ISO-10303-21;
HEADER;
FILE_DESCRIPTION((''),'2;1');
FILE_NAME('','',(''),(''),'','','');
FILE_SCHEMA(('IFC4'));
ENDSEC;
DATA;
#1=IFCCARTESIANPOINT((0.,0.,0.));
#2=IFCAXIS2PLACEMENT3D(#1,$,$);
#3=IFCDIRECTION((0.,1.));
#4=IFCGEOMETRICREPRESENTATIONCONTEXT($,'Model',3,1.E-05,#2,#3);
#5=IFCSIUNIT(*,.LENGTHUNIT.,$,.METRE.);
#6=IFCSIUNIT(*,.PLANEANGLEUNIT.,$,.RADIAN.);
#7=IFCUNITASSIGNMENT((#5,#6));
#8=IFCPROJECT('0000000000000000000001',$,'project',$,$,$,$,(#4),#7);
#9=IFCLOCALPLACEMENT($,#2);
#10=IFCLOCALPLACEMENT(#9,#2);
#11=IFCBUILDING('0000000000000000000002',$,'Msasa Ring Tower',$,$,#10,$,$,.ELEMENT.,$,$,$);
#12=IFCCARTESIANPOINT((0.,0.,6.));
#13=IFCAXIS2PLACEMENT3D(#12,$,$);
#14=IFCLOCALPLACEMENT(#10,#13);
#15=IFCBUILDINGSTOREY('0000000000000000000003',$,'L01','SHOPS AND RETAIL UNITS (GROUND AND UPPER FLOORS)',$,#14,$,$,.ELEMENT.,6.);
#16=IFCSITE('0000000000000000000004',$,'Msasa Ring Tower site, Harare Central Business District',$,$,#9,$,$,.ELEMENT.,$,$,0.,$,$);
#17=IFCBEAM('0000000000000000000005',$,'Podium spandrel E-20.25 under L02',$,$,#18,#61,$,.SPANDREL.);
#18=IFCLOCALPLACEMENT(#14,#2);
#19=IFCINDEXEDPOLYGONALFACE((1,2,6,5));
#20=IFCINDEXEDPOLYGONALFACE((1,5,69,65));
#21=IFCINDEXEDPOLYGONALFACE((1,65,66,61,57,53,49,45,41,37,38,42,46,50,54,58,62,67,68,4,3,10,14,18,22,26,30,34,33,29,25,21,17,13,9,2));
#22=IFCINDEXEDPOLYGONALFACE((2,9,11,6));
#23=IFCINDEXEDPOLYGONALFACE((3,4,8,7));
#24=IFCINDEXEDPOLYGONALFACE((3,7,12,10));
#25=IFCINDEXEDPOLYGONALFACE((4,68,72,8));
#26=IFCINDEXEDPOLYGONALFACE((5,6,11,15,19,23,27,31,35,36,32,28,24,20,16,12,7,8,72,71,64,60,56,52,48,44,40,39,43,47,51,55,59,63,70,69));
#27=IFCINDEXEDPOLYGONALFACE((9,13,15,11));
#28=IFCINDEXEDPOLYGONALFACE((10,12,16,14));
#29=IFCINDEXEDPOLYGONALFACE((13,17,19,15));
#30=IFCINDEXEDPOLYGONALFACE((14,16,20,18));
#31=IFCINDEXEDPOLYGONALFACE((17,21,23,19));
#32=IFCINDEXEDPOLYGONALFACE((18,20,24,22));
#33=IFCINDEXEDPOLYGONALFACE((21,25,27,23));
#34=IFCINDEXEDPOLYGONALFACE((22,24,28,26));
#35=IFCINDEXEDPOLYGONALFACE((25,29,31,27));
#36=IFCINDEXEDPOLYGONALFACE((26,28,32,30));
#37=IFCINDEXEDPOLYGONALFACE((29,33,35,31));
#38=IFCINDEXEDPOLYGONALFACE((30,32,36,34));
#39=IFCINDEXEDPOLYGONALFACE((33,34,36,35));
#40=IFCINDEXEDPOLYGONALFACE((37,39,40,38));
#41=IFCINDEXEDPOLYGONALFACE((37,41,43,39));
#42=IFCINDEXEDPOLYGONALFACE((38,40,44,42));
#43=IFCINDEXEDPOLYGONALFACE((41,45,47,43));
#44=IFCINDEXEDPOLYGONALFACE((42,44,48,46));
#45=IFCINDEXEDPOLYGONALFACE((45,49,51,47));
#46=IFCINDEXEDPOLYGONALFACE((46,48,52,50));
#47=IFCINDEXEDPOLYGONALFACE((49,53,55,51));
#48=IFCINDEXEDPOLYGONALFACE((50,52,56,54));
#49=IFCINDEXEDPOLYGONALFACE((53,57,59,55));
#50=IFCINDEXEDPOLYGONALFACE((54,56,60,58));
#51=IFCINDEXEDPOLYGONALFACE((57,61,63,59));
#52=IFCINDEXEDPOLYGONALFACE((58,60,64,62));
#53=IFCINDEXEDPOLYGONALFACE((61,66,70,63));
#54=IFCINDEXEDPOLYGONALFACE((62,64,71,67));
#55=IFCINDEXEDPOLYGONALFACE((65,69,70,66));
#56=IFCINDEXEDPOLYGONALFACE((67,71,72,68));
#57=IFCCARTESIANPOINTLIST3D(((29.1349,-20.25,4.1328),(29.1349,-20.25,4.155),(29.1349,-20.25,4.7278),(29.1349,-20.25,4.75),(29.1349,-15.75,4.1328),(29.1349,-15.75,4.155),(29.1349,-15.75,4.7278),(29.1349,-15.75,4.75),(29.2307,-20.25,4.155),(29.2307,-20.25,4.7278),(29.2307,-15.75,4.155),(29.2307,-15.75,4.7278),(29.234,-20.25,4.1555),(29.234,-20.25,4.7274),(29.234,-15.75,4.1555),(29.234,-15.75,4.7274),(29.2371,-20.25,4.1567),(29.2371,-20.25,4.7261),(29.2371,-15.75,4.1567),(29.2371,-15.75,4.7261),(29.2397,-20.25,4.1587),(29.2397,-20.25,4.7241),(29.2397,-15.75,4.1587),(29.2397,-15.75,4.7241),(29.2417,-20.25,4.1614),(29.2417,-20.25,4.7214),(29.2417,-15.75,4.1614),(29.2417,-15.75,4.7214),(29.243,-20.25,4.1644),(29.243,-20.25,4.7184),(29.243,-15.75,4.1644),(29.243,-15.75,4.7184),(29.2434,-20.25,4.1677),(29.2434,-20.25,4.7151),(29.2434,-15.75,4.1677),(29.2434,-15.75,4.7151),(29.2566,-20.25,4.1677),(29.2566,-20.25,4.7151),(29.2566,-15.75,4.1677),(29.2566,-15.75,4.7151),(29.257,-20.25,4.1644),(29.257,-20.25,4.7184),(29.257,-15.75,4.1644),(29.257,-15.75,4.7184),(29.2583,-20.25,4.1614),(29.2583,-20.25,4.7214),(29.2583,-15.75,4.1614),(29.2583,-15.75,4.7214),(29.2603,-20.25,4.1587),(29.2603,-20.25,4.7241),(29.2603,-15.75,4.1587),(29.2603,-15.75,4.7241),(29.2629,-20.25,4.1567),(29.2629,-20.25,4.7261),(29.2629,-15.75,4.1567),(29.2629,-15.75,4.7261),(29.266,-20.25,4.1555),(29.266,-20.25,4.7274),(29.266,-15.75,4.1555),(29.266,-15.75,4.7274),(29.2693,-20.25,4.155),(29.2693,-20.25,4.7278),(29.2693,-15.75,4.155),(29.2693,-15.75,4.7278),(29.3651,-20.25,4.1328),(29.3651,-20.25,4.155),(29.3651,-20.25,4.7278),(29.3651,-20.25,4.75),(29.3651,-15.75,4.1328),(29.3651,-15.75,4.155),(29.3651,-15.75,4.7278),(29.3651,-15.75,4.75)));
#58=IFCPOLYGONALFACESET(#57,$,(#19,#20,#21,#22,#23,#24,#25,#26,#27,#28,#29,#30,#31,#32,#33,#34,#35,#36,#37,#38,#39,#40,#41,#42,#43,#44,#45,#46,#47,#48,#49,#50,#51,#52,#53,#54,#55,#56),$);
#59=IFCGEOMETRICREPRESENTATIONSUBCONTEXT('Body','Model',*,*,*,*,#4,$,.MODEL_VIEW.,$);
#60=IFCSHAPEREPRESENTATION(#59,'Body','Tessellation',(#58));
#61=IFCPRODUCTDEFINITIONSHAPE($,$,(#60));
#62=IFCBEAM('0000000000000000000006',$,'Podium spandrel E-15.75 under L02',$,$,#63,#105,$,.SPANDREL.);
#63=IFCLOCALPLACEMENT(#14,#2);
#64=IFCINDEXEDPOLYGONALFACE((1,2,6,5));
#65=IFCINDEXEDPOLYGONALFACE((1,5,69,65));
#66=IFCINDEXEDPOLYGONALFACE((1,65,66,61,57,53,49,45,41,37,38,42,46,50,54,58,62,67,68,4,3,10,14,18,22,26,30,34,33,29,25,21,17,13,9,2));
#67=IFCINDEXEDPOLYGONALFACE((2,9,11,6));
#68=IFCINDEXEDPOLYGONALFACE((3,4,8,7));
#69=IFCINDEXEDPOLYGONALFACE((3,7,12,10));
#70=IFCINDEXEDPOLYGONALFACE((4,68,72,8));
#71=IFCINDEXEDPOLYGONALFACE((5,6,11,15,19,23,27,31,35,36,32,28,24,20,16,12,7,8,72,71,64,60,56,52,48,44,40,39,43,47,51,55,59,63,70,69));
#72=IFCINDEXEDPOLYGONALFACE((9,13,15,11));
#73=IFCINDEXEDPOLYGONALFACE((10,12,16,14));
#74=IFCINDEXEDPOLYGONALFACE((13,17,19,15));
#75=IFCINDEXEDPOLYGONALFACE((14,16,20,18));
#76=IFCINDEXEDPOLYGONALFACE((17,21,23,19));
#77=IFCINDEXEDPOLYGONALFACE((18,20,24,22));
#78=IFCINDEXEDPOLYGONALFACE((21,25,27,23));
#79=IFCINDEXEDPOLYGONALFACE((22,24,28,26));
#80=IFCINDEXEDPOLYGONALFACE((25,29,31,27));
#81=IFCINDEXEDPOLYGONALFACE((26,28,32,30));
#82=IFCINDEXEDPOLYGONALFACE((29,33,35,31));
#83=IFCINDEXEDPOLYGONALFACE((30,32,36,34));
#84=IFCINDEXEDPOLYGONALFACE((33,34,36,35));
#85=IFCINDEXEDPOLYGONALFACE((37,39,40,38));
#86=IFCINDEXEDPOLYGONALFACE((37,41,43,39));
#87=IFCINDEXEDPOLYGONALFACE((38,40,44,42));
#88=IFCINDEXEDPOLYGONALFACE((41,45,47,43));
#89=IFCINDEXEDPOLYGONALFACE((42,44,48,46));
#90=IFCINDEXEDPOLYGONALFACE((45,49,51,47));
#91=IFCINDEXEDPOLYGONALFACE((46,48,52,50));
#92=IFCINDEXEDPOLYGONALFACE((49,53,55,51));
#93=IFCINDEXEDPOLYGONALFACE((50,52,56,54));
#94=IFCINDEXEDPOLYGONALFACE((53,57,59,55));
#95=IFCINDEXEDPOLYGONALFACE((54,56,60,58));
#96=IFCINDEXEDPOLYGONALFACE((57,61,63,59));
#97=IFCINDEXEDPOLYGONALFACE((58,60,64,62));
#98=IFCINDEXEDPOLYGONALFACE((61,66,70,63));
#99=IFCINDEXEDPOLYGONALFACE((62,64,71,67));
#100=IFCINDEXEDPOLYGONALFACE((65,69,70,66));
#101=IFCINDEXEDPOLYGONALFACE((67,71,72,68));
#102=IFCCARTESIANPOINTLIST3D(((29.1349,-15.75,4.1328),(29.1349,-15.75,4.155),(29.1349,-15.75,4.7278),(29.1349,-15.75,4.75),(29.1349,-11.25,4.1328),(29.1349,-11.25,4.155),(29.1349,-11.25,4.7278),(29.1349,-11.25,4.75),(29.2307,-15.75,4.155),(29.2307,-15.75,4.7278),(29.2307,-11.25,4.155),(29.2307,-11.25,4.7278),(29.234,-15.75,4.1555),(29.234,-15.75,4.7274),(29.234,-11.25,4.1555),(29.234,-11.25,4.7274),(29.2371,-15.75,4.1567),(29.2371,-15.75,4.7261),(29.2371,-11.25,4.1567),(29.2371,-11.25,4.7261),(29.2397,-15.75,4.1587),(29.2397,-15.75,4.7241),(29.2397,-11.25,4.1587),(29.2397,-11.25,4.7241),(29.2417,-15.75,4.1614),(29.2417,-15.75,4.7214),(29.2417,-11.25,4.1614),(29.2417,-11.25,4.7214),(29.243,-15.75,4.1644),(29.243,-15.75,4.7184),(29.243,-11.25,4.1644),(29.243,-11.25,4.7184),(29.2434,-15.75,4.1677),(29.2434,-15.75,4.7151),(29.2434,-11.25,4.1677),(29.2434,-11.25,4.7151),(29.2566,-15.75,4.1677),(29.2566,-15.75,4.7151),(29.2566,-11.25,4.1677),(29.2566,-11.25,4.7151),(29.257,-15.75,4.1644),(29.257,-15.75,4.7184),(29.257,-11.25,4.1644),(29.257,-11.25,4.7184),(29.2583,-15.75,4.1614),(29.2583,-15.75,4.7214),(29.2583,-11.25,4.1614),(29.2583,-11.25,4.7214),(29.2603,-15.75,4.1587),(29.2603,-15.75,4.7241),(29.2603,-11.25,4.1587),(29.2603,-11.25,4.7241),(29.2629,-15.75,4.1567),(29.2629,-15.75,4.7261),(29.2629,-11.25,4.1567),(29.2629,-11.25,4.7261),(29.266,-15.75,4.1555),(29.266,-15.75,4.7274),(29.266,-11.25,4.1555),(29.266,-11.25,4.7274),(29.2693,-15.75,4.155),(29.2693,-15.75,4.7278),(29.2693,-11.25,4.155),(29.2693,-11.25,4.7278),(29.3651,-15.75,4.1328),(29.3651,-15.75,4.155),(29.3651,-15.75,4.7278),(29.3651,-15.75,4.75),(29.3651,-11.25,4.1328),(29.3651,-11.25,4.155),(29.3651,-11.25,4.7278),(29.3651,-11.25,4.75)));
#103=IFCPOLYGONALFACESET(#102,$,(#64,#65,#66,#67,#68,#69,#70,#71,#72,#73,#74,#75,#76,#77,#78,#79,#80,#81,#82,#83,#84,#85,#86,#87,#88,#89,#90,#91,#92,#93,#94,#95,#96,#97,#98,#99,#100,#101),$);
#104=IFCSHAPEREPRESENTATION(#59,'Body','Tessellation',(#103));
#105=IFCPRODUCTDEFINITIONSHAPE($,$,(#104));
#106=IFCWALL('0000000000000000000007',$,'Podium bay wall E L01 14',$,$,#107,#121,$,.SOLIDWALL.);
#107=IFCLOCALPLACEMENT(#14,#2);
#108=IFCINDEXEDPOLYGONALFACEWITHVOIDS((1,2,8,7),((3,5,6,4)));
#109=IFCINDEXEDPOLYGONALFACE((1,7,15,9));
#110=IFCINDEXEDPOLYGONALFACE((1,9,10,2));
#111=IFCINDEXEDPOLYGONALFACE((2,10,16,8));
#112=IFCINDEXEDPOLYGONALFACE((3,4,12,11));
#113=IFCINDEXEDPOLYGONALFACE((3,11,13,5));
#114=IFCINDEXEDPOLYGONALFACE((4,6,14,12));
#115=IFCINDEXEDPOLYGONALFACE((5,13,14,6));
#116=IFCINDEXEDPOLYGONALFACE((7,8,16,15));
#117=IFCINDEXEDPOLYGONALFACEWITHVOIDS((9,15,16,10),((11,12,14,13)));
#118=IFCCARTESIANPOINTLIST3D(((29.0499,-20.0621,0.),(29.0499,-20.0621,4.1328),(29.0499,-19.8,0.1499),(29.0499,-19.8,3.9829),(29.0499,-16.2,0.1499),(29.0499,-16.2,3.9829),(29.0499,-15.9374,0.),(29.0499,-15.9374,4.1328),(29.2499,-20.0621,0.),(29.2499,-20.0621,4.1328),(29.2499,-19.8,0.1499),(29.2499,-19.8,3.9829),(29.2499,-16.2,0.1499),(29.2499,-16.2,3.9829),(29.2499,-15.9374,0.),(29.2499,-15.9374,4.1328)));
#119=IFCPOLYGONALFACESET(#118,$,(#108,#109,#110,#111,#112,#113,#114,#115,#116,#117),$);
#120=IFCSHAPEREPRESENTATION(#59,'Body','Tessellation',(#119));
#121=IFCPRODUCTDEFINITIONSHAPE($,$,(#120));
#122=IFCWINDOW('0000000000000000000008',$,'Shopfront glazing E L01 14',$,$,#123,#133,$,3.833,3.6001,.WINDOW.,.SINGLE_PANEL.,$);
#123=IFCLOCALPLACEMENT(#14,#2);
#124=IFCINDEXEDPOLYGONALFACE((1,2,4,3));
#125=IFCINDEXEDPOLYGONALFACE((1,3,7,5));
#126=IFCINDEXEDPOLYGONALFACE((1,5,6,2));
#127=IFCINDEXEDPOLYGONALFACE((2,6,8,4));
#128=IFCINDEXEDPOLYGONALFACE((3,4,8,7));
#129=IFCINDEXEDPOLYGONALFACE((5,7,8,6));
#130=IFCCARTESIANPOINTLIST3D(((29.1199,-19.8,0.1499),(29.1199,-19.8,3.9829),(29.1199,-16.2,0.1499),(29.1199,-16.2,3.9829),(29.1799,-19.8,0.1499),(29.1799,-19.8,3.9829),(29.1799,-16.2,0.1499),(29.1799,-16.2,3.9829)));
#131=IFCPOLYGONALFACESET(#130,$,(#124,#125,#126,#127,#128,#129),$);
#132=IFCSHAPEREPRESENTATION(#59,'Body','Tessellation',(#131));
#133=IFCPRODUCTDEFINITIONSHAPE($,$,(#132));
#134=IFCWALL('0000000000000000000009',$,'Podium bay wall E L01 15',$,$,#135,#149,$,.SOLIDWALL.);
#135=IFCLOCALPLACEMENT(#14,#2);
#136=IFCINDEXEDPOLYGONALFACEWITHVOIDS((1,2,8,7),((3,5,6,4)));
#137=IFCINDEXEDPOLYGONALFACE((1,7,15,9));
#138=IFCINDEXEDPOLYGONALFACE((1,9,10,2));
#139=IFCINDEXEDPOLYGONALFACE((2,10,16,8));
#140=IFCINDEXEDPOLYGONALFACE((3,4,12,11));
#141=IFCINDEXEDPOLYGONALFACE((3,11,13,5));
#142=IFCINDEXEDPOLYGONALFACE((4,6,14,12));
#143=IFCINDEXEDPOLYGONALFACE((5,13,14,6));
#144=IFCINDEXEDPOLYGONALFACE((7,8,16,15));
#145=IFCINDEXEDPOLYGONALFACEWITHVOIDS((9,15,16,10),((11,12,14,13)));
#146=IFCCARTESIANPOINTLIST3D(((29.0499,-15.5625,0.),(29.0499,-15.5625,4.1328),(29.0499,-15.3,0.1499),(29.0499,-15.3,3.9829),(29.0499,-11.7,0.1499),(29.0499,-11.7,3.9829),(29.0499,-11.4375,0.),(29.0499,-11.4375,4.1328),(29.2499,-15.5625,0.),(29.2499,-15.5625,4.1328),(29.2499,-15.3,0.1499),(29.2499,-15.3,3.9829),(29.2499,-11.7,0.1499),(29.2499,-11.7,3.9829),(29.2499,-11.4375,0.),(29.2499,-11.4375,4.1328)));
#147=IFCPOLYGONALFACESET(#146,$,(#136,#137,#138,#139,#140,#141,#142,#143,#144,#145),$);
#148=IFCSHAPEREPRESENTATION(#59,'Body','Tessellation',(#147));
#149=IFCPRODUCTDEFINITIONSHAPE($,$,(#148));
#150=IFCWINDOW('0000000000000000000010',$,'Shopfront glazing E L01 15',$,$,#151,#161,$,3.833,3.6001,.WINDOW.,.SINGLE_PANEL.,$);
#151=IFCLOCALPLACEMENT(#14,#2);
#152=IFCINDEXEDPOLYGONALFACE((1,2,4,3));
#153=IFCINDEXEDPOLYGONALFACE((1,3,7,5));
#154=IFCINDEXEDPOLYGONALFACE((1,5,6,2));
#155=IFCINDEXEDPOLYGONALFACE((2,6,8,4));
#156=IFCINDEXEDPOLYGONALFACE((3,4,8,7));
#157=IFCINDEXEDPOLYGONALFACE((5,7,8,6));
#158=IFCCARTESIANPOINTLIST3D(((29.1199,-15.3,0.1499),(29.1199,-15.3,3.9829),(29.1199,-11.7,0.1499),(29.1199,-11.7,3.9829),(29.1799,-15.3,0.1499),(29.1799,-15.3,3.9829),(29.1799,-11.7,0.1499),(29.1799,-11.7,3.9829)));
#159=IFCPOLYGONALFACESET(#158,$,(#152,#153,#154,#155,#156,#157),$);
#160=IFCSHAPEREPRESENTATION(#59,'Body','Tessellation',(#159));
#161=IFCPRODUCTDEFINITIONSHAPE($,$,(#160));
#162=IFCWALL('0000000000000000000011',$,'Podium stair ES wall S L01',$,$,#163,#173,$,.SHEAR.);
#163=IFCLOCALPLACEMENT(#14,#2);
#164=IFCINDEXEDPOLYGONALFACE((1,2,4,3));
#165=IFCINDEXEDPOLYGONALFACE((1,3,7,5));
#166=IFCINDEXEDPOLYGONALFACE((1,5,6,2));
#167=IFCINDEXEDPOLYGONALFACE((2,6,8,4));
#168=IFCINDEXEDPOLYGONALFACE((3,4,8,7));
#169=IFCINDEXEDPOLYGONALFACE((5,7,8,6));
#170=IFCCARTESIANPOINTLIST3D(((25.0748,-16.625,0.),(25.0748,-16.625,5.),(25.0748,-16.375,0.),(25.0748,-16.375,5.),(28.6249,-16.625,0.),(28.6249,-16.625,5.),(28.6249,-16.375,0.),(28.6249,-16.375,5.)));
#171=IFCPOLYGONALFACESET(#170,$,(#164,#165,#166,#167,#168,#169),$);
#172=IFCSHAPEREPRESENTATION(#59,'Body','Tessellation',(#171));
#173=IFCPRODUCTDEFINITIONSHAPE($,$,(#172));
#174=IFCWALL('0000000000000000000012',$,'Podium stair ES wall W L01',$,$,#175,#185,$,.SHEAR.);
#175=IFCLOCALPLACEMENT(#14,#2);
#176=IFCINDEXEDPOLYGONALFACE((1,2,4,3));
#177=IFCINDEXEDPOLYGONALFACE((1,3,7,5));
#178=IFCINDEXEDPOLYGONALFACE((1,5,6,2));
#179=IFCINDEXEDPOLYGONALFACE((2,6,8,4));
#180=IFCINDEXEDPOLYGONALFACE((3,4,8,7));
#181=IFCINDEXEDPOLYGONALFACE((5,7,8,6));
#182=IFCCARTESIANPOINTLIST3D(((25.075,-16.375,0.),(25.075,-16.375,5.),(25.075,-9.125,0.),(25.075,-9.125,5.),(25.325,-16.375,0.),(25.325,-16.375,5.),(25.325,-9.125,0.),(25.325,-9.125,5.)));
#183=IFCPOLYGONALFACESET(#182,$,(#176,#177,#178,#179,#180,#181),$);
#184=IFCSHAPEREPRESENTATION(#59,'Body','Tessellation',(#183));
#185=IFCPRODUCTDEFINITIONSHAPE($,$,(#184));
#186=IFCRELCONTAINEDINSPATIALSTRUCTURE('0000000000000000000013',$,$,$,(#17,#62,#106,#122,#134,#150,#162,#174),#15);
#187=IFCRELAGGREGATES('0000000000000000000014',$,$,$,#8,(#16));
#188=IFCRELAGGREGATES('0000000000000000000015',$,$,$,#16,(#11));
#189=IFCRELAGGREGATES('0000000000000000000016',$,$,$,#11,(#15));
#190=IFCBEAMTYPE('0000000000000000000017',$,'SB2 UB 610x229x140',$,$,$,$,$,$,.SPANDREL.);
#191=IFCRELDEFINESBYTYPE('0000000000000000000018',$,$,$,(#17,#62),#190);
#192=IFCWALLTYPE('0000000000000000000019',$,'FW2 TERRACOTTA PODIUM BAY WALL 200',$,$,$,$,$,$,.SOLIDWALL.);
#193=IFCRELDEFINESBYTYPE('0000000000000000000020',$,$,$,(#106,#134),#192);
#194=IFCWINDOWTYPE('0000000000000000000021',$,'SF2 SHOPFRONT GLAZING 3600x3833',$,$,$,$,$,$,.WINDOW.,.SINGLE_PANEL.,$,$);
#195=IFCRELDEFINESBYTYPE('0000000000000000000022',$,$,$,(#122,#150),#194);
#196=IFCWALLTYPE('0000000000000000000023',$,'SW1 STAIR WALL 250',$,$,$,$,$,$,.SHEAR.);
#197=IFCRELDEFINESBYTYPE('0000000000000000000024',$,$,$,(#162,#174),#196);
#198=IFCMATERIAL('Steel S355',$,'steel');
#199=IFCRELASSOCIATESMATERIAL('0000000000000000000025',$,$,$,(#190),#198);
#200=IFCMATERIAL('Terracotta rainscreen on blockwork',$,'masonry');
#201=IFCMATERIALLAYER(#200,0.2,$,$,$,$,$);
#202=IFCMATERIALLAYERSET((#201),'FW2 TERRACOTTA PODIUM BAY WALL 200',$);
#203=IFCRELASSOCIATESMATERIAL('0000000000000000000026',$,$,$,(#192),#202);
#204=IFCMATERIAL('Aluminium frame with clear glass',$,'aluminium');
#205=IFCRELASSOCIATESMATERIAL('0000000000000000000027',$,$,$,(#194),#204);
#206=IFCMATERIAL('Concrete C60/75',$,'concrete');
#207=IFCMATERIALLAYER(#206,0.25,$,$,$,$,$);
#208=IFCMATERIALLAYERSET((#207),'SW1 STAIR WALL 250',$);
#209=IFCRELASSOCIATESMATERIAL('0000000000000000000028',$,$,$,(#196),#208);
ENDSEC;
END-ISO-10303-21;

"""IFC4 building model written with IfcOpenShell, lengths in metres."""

from ifc_helpers import new_model, si_unit, direction, frame, frame_2d, origin, origin_2d, place, context, subcontext, project, spatial, rectangle, i_section, extrude, material, layer, layer_set, material_profile, profile_set, type_object, element, fill, save


model = new_model("IFC4")

# Units and contexts
model_context = context("Model", 3, precision=1e-05, world=origin(), true_north=direction((0.0, 1.0)))
body_context = subcontext(model_context, "Body", "Model", "MODEL_VIEW")
ifc_project = project(units=[si_unit("LENGTHUNIT", "METRE"), si_unit("PLANEANGLEUNIT", "RADIAN")], contexts=[model_context])

# Site, building, storey
site_placement = place(None, origin())
site = spatial("IfcSite", under=ifc_project, at=site_placement, Name="Msasa Ring Tower site, Harare Central Business District", CompositionType="ELEMENT", RefElevation=0.0)
building_placement = place(site_placement, origin())
building = spatial("IfcBuilding", under=site, at=building_placement, Name="Msasa Ring Tower", CompositionType="ELEMENT")
storey_placement = place(building_placement, frame((0.0, 0.0, 6.0)))
storey = spatial("IfcBuildingStorey", under=building, at=storey_placement, Name="L01", Description="SHOPS AND RETAIL UNITS (GROUND AND UPPER FLOORS)", CompositionType="ELEMENT", Elevation=6.0)

# Beams
ifc_material_1 = material(Name="Steel S355", Category="steel")
ifc_material_profile_1 = material_profile(ifc_material_1, i_section(OverallWidth=0.2302, OverallDepth=0.6172, WebThickness=0.0132, FlangeThickness=0.0222, FilletRadius=0.0127, at=origin_2d()), Name="UB 610x229x140")
ifc_profile_set_1 = profile_set([ifc_material_profile_1], Name="Steel S355")
beam_type_1 = type_object("IfcBeamType", Name="SB2 UB 610x229x140", PredefinedType="SPANDREL", material=ifc_profile_set_1)
for number, where, z_axis, x_axis, name in (
    (1, (29.25, -20.25, 4.4414), (0.0, 1.0, 0.0), (-1.0, 0.0, 0.0), "Podium spandrel E-20.25 under L02"),
    (2, (29.25, -15.75, 4.4414), (0.0, 1.0, 0.0), (-1.0, 0.0, 0.0), "Podium spandrel E-15.75 under L02"),
):
    element("IfcBeam", number, at=place(storey_placement, frame(where, z_axis=z_axis, x_axis=x_axis)), inside=storey, type_object=beam_type_1, Name=name, PredefinedType="SPANDREL", context=body_context, shape_type="SweptSolid", body=[
        extrude(i_section(OverallWidth=0.2302, OverallDepth=0.6172, WebThickness=0.0132, FlangeThickness=0.0222, FilletRadius=0.0127, at=origin_2d()), origin(), (0.0, 0.0, 1.0), 4.5),
    ])

# Walls, openings, windows
ifc_material_2 = material(Name="Terracotta rainscreen on blockwork", Category="masonry")
ifc_layer_1 = layer(ifc_material_2, 0.2)
ifc_layer_set_1 = layer_set([ifc_layer_1], Name="FW2 TERRACOTTA PODIUM BAY WALL 200")
wall_type_1 = type_object("IfcWallType", Name="FW2 TERRACOTTA PODIUM BAY WALL 200", PredefinedType="SOLIDWALL", material=ifc_layer_set_1)
wall_1_placement = place(storey_placement, frame((29.1499, -20.0623, 0.0), z_axis=(0.0, 0.0, 1.0), x_axis=(0.0, 1.0, 0.0)))
wall_1 = element("IfcWall", 3, at=wall_1_placement, inside=storey, type_object=wall_type_1, Name="Podium bay wall E L01 14", PredefinedType="SOLIDWALL", context=body_context, shape_type="SweptSolid", body=[
    extrude(rectangle(XDim=4.1248, YDim=0.2, at=frame_2d((2.0625, 0.0))), origin(), (0.0, 0.0, 1.0), 4.1328),
])
opening_1_placement = place(wall_1_placement, frame((0.2622, 0.0, 0.1499)))
opening_1 = element("IfcOpeningElement", 4, at=opening_1_placement, cuts=wall_1, PredefinedType="OPENING", context=body_context, shape_type="SweptSolid", body=[
    extrude(rectangle(XDim=3.6001, YDim=3.833, at=frame_2d((1.8, 1.9165))), frame((0.0, 0.1099, 0.0), z_axis=(0.0, -1.0, 0.0), x_axis=(1.0, 0.0, 0.0)), (0.0, 0.0, 1.0), 0.22),
])
ifc_material_3 = material(Name="Aluminium frame with clear glass", Category="aluminium")
window_type = type_object("IfcWindowType", Name="SF2 SHOPFRONT GLAZING 3600x3833", PartitioningType="SINGLE_PANEL", PredefinedType="WINDOW", material=ifc_material_3)
window_1_placement = place(opening_1_placement, origin())
window_1 = element("IfcWindow", 5, at=window_1_placement, inside=storey, type_object=window_type, Name="Shopfront glazing E L01 14", OverallHeight=3.833, OverallWidth=3.6001, PartitioningType="SINGLE_PANEL", PredefinedType="WINDOW", context=body_context, shape_type="SweptSolid", body=[
    extrude(rectangle(XDim=3.6001, YDim=3.833, at=frame_2d((1.8, 1.9165))), frame((0.0, 0.03, 0.0), z_axis=(0.0, -1.0, 0.0), x_axis=(1.0, 0.0, 0.0)), (0.0, 0.0, 1.0), 0.0601),
])
fill(opening_1, window_1)
wall_2_placement = place(storey_placement, frame((29.1499, -15.5625, 0.0), z_axis=(0.0, 0.0, 1.0), x_axis=(0.0, 1.0, 0.0)))
wall_2 = element("IfcWall", 6, at=wall_2_placement, inside=storey, type_object=wall_type_1, Name="Podium bay wall E L01 15", PredefinedType="SOLIDWALL", context=body_context, shape_type="SweptSolid", body=[
    extrude(rectangle(XDim=4.125, YDim=0.2, at=frame_2d((2.0625, 0.0))), origin(), (0.0, 0.0, 1.0), 4.1328),
])
opening_2_placement = place(wall_2_placement, frame((0.2625, 0.0, 0.1499)))
opening_2 = element("IfcOpeningElement", 7, at=opening_2_placement, cuts=wall_2, PredefinedType="OPENING", context=body_context, shape_type="SweptSolid", body=[
    extrude(rectangle(XDim=3.6001, YDim=3.833, at=frame_2d((1.8, 1.9165))), frame((0.0, 0.1099, 0.0), z_axis=(0.0, -1.0, 0.0), x_axis=(1.0, 0.0, 0.0)), (0.0, 0.0, 1.0), 0.22),
])
window_2_placement = place(opening_2_placement, origin())
window_2 = element("IfcWindow", 8, at=window_2_placement, inside=storey, type_object=window_type, Name="Shopfront glazing E L01 15", OverallHeight=3.833, OverallWidth=3.6001, PartitioningType="SINGLE_PANEL", PredefinedType="WINDOW", context=body_context, shape_type="SweptSolid", body=[
    extrude(rectangle(XDim=3.6001, YDim=3.833, at=frame_2d((1.8, 1.9165))), frame((0.0, 0.03, 0.0), z_axis=(0.0, -1.0, 0.0), x_axis=(1.0, 0.0, 0.0)), (0.0, 0.0, 1.0), 0.0601),
])
fill(opening_2, window_2)

# Walls
ifc_material_4 = material(Name="Concrete C60/75", Category="concrete")
ifc_layer_2 = layer(ifc_material_4, 0.25)
ifc_layer_set_2 = layer_set([ifc_layer_2], Name="SW1 STAIR WALL 250")
wall_type_2 = type_object("IfcWallType", Name="SW1 STAIR WALL 250", PredefinedType="SHEAR", material=ifc_layer_set_2)
wall_3_placement = place(storey_placement, frame((25.075, -16.5, 0.0), z_axis=(0.0, 0.0, 1.0), x_axis=(1.0, 0.0, 0.0)))
element("IfcWall", 9, at=wall_3_placement, inside=storey, type_object=wall_type_2, Name="Podium stair ES wall S L01", PredefinedType="SHEAR", context=body_context, shape_type="SweptSolid", body=[
    extrude(rectangle(XDim=3.55, YDim=0.25, at=frame_2d((1.7749, 0.0))), origin(), (0.0, 0.0, 1.0), 5.0),
])
for number, where, z_axis, x_axis, name in (
    (10, (25.2, -16.375, 0.0), (0.0, 0.0, 1.0), (0.0, 1.0, 0.0), "Podium stair ES wall W L01"),
):
    element("IfcWall", number, at=place(storey_placement, frame(where, z_axis=z_axis, x_axis=x_axis)), inside=storey, type_object=wall_type_2, Name=name, PredefinedType="SHEAR", context=body_context, shape_type="SweptSolid", body=[
        extrude(rectangle(XDim=7.25, YDim=0.25, at=frame_2d((3.625, 0.0))), origin(), (0.0, 0.0, 1.0), 5.0),
    ])

save(model, "model.ifc")
